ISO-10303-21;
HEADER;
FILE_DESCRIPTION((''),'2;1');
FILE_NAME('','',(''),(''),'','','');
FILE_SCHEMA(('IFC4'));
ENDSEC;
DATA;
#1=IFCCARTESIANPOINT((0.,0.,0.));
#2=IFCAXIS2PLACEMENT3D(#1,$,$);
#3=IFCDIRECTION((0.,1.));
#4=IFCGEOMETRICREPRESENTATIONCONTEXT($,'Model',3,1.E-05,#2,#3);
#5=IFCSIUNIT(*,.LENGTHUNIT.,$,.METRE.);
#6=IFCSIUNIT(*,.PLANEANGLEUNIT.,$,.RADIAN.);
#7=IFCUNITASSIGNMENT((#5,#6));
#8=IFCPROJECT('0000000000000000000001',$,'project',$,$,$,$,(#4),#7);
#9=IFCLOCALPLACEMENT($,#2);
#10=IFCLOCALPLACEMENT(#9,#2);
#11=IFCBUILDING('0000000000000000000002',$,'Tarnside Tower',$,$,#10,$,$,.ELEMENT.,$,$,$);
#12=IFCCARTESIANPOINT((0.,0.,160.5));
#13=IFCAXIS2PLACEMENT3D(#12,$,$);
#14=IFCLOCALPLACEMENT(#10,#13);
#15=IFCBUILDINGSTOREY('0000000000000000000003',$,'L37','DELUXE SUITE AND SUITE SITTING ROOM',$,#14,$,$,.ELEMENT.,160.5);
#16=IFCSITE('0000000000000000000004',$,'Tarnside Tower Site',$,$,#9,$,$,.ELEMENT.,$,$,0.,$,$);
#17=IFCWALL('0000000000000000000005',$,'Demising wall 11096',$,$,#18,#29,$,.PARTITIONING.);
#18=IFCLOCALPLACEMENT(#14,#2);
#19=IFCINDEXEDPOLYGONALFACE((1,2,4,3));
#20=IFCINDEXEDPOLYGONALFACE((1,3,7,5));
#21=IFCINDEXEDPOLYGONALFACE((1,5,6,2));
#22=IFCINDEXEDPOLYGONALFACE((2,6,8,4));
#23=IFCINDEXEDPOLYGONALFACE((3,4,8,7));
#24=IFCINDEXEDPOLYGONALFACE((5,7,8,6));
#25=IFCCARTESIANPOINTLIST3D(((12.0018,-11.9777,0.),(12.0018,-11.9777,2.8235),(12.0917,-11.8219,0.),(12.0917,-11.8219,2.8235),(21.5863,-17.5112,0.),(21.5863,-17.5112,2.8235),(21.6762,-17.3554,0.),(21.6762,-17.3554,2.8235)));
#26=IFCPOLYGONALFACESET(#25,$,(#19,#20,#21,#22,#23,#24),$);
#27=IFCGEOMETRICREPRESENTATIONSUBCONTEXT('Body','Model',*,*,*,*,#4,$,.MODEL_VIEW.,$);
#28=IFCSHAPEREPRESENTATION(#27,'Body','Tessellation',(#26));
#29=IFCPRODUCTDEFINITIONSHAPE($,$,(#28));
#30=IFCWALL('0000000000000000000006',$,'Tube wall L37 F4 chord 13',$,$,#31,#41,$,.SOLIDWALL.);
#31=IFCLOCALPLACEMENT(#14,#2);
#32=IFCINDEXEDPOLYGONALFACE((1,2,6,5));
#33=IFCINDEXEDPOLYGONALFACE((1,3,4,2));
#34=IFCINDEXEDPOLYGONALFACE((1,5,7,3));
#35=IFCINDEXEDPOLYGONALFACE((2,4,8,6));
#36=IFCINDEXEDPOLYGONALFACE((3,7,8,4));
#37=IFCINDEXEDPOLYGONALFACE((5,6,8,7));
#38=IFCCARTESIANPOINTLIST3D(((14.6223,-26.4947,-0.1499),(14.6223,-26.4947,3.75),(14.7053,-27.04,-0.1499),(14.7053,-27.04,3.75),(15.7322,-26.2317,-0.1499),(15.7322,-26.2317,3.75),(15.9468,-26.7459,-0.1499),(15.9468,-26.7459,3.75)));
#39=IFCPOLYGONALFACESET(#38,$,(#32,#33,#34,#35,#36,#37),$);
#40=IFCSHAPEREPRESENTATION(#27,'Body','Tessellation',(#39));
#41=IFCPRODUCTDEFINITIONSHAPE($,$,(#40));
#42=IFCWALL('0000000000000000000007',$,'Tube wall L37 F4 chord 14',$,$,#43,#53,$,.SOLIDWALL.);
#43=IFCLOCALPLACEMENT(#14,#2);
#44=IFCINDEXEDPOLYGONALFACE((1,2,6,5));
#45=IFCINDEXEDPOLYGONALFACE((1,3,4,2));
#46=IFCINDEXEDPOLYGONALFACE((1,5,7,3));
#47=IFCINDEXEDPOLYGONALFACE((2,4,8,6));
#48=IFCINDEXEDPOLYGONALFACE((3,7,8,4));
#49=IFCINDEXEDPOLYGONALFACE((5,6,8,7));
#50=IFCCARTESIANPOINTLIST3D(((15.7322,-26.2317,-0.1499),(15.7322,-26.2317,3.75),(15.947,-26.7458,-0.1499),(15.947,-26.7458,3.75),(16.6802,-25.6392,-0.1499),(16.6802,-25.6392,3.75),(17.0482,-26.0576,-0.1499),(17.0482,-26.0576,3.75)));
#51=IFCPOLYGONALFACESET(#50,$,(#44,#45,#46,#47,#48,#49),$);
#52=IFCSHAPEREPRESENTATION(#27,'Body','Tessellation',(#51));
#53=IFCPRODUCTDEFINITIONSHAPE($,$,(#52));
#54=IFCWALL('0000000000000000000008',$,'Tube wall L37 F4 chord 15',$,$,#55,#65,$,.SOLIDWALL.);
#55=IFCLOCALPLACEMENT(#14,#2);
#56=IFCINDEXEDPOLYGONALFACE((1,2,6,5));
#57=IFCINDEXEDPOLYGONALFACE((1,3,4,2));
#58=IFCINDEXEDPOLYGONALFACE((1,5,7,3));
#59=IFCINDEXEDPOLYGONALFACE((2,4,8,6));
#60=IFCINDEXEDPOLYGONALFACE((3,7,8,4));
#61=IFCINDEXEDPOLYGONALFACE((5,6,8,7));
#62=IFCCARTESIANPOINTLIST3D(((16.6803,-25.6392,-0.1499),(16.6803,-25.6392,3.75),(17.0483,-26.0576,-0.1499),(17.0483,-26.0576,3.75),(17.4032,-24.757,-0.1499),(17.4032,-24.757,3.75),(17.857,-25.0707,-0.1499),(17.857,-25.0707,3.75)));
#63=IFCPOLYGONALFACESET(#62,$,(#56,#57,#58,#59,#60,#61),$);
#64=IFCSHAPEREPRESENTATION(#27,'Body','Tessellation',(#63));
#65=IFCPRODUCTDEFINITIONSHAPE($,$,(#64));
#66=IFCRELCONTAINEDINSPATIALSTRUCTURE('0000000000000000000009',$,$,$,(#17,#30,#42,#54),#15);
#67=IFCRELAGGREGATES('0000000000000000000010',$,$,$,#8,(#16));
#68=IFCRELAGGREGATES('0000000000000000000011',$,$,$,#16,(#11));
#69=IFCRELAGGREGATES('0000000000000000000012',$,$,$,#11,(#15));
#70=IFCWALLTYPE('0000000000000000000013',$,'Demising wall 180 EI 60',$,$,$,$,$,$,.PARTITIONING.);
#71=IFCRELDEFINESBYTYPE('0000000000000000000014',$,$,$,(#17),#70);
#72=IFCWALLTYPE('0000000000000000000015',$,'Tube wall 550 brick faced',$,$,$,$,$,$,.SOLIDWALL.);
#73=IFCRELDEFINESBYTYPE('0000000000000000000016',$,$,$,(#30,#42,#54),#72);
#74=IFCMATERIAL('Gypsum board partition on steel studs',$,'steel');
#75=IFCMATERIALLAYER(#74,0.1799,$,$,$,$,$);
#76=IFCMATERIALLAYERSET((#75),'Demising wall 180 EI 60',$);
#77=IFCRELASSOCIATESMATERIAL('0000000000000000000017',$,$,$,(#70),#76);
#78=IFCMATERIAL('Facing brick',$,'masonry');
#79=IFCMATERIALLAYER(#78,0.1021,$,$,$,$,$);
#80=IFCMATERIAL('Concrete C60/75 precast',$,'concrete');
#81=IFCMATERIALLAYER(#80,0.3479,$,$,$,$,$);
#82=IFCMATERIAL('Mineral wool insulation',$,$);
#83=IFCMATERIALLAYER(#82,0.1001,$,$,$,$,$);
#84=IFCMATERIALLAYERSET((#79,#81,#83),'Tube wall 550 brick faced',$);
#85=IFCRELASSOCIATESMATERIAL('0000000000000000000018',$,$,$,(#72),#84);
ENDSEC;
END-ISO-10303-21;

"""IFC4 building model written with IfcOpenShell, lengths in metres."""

from ifc_helpers import new_model, si_unit, direction, frame, frame_2d, origin, place, context, subcontext, project, spatial, polyline, rectangle, outline, extrude, material, layer, layer_set, type_object, element, save


model = new_model("IFC4")

# Units and contexts
model_context = context("Model", 3, precision=1e-05, world=origin(), true_north=direction((0.0, 1.0)))
body_context = subcontext(model_context, "Body", "Model", "MODEL_VIEW")
ifc_project = project(units=[si_unit("LENGTHUNIT", "METRE"), si_unit("PLANEANGLEUNIT", "RADIAN")], contexts=[model_context])

# Site, building, storey
site_placement = place(None, origin())
site = spatial("IfcSite", under=ifc_project, at=site_placement, Name="Tarnside Tower Site", CompositionType="ELEMENT", RefElevation=0.0)
building_placement = place(site_placement, origin())
building = spatial("IfcBuilding", under=site, at=building_placement, Name="Tarnside Tower", CompositionType="ELEMENT")
storey_placement = place(building_placement, frame((0.0, 0.0, 160.5)))
storey = spatial("IfcBuildingStorey", under=building, at=storey_placement, Name="L37", Description="DELUXE SUITE AND SUITE SITTING ROOM", CompositionType="ELEMENT", Elevation=160.5)

# Shared definitions
ifc_material_1 = material(Name="Gypsum board partition on steel studs", Category="steel")

# Walls
ifc_layer_1 = layer(ifc_material_1, 0.1799)
ifc_layer_set_1 = layer_set([ifc_layer_1], Name="Demising wall 180 EI 60")
wall_type_1 = type_object("IfcWallType", Name="Demising wall 180 EI 60", PredefinedType="PARTITIONING", material=ifc_layer_set_1)
wall_1_placement = place(storey_placement, frame((21.6313, -17.4333, 0.0), z_axis=(0.0, 0.0, 1.0), x_axis=(-0.866031, 0.49999, 0.0)))
element("IfcWall", 1, at=wall_1_placement, inside=storey, type_object=wall_type_1, Name="Demising wall 11096", PredefinedType="PARTITIONING", context=body_context, shape_type="SweptSolid", body=[
    extrude(rectangle(XDim=11.0671, YDim=0.1799, at=frame_2d((5.5337, 0.0))), origin(), (0.0, 0.0, 1.0), 2.8235),
])
ifc_material_2 = material(Name="Facing brick", Category="masonry")
ifc_layer_2 = layer(ifc_material_2, 0.1021)
ifc_material_3 = material(Name="Concrete C60/75 precast", Category="concrete")
ifc_layer_3 = layer(ifc_material_3, 0.3479)
ifc_material_4 = material(Name="Mineral wool insulation")
ifc_layer_4 = layer(ifc_material_4, 0.1001)
ifc_layer_set_2 = layer_set([ifc_layer_2, ifc_layer_3, ifc_layer_4], Name="Tube wall 550 brick faced")
wall_type_2 = type_object("IfcWallType", Name="Tube wall 550 brick faced", PredefinedType="SOLIDWALL", material=ifc_layer_set_2)
wall_2_placement = place(storey_placement, frame((14.6638, -26.7673, -0.1499), z_axis=(0.0, 0.0, 1.0), x_axis=(0.973064, 0.230537, 0.0)))
element("IfcWall", 2, at=wall_2_placement, inside=storey, type_object=wall_type_2, Name="Tube wall L37 F4 chord 13", PredefinedType="SOLIDWALL", context=body_context, shape_type="SweptSolid", body=[
    extrude(outline(polyline([(-0.0225, -0.2749), (1.2534, -0.2749), (1.1631, 0.2749), (0.0225, 0.2749), (-0.0225, -0.2749)])), origin(), (0.0, 0.0, 1.0), 3.8999),
])
wall_3_placement = place(storey_placement, frame((15.8396, -26.4888, -0.1499), z_axis=(0.0, 0.0, 1.0), x_axis=(0.84801, 0.529981, 0.0)))
element("IfcWall", 3, at=wall_3_placement, inside=storey, type_object=wall_type_2, Name="Tube wall L37 F4 chord 14", PredefinedType="SOLIDWALL", context=body_context, shape_type="SweptSolid", body=[
    extrude(outline(polyline([(-0.0452, -0.2749), (1.2534, -0.2749), (1.1631, 0.2749), (0.0452, 0.2749), (-0.0452, -0.2749)])), origin(), (0.0, 0.0, 1.0), 3.8999),
])
wall_4_placement = place(storey_placement, frame((16.8643, -25.8484, -0.1499), z_axis=(0.0, 0.0, 1.0), x_axis=(0.633843, 0.773462, 0.0)))
element("IfcWall", 4, at=wall_4_placement, inside=storey, type_object=wall_type_2, Name="Tube wall L37 F4 chord 15", PredefinedType="SOLIDWALL", context=body_context, shape_type="SweptSolid", body=[
    extrude(outline(polyline([(-0.0452, -0.2749), (1.2307, -0.2749), (1.1858, 0.2749), (0.0452, 0.2749), (-0.0452, -0.2749)])), origin(), (0.0, 0.0, 1.0), 3.8999),
])

save(model, "model.ifc")
